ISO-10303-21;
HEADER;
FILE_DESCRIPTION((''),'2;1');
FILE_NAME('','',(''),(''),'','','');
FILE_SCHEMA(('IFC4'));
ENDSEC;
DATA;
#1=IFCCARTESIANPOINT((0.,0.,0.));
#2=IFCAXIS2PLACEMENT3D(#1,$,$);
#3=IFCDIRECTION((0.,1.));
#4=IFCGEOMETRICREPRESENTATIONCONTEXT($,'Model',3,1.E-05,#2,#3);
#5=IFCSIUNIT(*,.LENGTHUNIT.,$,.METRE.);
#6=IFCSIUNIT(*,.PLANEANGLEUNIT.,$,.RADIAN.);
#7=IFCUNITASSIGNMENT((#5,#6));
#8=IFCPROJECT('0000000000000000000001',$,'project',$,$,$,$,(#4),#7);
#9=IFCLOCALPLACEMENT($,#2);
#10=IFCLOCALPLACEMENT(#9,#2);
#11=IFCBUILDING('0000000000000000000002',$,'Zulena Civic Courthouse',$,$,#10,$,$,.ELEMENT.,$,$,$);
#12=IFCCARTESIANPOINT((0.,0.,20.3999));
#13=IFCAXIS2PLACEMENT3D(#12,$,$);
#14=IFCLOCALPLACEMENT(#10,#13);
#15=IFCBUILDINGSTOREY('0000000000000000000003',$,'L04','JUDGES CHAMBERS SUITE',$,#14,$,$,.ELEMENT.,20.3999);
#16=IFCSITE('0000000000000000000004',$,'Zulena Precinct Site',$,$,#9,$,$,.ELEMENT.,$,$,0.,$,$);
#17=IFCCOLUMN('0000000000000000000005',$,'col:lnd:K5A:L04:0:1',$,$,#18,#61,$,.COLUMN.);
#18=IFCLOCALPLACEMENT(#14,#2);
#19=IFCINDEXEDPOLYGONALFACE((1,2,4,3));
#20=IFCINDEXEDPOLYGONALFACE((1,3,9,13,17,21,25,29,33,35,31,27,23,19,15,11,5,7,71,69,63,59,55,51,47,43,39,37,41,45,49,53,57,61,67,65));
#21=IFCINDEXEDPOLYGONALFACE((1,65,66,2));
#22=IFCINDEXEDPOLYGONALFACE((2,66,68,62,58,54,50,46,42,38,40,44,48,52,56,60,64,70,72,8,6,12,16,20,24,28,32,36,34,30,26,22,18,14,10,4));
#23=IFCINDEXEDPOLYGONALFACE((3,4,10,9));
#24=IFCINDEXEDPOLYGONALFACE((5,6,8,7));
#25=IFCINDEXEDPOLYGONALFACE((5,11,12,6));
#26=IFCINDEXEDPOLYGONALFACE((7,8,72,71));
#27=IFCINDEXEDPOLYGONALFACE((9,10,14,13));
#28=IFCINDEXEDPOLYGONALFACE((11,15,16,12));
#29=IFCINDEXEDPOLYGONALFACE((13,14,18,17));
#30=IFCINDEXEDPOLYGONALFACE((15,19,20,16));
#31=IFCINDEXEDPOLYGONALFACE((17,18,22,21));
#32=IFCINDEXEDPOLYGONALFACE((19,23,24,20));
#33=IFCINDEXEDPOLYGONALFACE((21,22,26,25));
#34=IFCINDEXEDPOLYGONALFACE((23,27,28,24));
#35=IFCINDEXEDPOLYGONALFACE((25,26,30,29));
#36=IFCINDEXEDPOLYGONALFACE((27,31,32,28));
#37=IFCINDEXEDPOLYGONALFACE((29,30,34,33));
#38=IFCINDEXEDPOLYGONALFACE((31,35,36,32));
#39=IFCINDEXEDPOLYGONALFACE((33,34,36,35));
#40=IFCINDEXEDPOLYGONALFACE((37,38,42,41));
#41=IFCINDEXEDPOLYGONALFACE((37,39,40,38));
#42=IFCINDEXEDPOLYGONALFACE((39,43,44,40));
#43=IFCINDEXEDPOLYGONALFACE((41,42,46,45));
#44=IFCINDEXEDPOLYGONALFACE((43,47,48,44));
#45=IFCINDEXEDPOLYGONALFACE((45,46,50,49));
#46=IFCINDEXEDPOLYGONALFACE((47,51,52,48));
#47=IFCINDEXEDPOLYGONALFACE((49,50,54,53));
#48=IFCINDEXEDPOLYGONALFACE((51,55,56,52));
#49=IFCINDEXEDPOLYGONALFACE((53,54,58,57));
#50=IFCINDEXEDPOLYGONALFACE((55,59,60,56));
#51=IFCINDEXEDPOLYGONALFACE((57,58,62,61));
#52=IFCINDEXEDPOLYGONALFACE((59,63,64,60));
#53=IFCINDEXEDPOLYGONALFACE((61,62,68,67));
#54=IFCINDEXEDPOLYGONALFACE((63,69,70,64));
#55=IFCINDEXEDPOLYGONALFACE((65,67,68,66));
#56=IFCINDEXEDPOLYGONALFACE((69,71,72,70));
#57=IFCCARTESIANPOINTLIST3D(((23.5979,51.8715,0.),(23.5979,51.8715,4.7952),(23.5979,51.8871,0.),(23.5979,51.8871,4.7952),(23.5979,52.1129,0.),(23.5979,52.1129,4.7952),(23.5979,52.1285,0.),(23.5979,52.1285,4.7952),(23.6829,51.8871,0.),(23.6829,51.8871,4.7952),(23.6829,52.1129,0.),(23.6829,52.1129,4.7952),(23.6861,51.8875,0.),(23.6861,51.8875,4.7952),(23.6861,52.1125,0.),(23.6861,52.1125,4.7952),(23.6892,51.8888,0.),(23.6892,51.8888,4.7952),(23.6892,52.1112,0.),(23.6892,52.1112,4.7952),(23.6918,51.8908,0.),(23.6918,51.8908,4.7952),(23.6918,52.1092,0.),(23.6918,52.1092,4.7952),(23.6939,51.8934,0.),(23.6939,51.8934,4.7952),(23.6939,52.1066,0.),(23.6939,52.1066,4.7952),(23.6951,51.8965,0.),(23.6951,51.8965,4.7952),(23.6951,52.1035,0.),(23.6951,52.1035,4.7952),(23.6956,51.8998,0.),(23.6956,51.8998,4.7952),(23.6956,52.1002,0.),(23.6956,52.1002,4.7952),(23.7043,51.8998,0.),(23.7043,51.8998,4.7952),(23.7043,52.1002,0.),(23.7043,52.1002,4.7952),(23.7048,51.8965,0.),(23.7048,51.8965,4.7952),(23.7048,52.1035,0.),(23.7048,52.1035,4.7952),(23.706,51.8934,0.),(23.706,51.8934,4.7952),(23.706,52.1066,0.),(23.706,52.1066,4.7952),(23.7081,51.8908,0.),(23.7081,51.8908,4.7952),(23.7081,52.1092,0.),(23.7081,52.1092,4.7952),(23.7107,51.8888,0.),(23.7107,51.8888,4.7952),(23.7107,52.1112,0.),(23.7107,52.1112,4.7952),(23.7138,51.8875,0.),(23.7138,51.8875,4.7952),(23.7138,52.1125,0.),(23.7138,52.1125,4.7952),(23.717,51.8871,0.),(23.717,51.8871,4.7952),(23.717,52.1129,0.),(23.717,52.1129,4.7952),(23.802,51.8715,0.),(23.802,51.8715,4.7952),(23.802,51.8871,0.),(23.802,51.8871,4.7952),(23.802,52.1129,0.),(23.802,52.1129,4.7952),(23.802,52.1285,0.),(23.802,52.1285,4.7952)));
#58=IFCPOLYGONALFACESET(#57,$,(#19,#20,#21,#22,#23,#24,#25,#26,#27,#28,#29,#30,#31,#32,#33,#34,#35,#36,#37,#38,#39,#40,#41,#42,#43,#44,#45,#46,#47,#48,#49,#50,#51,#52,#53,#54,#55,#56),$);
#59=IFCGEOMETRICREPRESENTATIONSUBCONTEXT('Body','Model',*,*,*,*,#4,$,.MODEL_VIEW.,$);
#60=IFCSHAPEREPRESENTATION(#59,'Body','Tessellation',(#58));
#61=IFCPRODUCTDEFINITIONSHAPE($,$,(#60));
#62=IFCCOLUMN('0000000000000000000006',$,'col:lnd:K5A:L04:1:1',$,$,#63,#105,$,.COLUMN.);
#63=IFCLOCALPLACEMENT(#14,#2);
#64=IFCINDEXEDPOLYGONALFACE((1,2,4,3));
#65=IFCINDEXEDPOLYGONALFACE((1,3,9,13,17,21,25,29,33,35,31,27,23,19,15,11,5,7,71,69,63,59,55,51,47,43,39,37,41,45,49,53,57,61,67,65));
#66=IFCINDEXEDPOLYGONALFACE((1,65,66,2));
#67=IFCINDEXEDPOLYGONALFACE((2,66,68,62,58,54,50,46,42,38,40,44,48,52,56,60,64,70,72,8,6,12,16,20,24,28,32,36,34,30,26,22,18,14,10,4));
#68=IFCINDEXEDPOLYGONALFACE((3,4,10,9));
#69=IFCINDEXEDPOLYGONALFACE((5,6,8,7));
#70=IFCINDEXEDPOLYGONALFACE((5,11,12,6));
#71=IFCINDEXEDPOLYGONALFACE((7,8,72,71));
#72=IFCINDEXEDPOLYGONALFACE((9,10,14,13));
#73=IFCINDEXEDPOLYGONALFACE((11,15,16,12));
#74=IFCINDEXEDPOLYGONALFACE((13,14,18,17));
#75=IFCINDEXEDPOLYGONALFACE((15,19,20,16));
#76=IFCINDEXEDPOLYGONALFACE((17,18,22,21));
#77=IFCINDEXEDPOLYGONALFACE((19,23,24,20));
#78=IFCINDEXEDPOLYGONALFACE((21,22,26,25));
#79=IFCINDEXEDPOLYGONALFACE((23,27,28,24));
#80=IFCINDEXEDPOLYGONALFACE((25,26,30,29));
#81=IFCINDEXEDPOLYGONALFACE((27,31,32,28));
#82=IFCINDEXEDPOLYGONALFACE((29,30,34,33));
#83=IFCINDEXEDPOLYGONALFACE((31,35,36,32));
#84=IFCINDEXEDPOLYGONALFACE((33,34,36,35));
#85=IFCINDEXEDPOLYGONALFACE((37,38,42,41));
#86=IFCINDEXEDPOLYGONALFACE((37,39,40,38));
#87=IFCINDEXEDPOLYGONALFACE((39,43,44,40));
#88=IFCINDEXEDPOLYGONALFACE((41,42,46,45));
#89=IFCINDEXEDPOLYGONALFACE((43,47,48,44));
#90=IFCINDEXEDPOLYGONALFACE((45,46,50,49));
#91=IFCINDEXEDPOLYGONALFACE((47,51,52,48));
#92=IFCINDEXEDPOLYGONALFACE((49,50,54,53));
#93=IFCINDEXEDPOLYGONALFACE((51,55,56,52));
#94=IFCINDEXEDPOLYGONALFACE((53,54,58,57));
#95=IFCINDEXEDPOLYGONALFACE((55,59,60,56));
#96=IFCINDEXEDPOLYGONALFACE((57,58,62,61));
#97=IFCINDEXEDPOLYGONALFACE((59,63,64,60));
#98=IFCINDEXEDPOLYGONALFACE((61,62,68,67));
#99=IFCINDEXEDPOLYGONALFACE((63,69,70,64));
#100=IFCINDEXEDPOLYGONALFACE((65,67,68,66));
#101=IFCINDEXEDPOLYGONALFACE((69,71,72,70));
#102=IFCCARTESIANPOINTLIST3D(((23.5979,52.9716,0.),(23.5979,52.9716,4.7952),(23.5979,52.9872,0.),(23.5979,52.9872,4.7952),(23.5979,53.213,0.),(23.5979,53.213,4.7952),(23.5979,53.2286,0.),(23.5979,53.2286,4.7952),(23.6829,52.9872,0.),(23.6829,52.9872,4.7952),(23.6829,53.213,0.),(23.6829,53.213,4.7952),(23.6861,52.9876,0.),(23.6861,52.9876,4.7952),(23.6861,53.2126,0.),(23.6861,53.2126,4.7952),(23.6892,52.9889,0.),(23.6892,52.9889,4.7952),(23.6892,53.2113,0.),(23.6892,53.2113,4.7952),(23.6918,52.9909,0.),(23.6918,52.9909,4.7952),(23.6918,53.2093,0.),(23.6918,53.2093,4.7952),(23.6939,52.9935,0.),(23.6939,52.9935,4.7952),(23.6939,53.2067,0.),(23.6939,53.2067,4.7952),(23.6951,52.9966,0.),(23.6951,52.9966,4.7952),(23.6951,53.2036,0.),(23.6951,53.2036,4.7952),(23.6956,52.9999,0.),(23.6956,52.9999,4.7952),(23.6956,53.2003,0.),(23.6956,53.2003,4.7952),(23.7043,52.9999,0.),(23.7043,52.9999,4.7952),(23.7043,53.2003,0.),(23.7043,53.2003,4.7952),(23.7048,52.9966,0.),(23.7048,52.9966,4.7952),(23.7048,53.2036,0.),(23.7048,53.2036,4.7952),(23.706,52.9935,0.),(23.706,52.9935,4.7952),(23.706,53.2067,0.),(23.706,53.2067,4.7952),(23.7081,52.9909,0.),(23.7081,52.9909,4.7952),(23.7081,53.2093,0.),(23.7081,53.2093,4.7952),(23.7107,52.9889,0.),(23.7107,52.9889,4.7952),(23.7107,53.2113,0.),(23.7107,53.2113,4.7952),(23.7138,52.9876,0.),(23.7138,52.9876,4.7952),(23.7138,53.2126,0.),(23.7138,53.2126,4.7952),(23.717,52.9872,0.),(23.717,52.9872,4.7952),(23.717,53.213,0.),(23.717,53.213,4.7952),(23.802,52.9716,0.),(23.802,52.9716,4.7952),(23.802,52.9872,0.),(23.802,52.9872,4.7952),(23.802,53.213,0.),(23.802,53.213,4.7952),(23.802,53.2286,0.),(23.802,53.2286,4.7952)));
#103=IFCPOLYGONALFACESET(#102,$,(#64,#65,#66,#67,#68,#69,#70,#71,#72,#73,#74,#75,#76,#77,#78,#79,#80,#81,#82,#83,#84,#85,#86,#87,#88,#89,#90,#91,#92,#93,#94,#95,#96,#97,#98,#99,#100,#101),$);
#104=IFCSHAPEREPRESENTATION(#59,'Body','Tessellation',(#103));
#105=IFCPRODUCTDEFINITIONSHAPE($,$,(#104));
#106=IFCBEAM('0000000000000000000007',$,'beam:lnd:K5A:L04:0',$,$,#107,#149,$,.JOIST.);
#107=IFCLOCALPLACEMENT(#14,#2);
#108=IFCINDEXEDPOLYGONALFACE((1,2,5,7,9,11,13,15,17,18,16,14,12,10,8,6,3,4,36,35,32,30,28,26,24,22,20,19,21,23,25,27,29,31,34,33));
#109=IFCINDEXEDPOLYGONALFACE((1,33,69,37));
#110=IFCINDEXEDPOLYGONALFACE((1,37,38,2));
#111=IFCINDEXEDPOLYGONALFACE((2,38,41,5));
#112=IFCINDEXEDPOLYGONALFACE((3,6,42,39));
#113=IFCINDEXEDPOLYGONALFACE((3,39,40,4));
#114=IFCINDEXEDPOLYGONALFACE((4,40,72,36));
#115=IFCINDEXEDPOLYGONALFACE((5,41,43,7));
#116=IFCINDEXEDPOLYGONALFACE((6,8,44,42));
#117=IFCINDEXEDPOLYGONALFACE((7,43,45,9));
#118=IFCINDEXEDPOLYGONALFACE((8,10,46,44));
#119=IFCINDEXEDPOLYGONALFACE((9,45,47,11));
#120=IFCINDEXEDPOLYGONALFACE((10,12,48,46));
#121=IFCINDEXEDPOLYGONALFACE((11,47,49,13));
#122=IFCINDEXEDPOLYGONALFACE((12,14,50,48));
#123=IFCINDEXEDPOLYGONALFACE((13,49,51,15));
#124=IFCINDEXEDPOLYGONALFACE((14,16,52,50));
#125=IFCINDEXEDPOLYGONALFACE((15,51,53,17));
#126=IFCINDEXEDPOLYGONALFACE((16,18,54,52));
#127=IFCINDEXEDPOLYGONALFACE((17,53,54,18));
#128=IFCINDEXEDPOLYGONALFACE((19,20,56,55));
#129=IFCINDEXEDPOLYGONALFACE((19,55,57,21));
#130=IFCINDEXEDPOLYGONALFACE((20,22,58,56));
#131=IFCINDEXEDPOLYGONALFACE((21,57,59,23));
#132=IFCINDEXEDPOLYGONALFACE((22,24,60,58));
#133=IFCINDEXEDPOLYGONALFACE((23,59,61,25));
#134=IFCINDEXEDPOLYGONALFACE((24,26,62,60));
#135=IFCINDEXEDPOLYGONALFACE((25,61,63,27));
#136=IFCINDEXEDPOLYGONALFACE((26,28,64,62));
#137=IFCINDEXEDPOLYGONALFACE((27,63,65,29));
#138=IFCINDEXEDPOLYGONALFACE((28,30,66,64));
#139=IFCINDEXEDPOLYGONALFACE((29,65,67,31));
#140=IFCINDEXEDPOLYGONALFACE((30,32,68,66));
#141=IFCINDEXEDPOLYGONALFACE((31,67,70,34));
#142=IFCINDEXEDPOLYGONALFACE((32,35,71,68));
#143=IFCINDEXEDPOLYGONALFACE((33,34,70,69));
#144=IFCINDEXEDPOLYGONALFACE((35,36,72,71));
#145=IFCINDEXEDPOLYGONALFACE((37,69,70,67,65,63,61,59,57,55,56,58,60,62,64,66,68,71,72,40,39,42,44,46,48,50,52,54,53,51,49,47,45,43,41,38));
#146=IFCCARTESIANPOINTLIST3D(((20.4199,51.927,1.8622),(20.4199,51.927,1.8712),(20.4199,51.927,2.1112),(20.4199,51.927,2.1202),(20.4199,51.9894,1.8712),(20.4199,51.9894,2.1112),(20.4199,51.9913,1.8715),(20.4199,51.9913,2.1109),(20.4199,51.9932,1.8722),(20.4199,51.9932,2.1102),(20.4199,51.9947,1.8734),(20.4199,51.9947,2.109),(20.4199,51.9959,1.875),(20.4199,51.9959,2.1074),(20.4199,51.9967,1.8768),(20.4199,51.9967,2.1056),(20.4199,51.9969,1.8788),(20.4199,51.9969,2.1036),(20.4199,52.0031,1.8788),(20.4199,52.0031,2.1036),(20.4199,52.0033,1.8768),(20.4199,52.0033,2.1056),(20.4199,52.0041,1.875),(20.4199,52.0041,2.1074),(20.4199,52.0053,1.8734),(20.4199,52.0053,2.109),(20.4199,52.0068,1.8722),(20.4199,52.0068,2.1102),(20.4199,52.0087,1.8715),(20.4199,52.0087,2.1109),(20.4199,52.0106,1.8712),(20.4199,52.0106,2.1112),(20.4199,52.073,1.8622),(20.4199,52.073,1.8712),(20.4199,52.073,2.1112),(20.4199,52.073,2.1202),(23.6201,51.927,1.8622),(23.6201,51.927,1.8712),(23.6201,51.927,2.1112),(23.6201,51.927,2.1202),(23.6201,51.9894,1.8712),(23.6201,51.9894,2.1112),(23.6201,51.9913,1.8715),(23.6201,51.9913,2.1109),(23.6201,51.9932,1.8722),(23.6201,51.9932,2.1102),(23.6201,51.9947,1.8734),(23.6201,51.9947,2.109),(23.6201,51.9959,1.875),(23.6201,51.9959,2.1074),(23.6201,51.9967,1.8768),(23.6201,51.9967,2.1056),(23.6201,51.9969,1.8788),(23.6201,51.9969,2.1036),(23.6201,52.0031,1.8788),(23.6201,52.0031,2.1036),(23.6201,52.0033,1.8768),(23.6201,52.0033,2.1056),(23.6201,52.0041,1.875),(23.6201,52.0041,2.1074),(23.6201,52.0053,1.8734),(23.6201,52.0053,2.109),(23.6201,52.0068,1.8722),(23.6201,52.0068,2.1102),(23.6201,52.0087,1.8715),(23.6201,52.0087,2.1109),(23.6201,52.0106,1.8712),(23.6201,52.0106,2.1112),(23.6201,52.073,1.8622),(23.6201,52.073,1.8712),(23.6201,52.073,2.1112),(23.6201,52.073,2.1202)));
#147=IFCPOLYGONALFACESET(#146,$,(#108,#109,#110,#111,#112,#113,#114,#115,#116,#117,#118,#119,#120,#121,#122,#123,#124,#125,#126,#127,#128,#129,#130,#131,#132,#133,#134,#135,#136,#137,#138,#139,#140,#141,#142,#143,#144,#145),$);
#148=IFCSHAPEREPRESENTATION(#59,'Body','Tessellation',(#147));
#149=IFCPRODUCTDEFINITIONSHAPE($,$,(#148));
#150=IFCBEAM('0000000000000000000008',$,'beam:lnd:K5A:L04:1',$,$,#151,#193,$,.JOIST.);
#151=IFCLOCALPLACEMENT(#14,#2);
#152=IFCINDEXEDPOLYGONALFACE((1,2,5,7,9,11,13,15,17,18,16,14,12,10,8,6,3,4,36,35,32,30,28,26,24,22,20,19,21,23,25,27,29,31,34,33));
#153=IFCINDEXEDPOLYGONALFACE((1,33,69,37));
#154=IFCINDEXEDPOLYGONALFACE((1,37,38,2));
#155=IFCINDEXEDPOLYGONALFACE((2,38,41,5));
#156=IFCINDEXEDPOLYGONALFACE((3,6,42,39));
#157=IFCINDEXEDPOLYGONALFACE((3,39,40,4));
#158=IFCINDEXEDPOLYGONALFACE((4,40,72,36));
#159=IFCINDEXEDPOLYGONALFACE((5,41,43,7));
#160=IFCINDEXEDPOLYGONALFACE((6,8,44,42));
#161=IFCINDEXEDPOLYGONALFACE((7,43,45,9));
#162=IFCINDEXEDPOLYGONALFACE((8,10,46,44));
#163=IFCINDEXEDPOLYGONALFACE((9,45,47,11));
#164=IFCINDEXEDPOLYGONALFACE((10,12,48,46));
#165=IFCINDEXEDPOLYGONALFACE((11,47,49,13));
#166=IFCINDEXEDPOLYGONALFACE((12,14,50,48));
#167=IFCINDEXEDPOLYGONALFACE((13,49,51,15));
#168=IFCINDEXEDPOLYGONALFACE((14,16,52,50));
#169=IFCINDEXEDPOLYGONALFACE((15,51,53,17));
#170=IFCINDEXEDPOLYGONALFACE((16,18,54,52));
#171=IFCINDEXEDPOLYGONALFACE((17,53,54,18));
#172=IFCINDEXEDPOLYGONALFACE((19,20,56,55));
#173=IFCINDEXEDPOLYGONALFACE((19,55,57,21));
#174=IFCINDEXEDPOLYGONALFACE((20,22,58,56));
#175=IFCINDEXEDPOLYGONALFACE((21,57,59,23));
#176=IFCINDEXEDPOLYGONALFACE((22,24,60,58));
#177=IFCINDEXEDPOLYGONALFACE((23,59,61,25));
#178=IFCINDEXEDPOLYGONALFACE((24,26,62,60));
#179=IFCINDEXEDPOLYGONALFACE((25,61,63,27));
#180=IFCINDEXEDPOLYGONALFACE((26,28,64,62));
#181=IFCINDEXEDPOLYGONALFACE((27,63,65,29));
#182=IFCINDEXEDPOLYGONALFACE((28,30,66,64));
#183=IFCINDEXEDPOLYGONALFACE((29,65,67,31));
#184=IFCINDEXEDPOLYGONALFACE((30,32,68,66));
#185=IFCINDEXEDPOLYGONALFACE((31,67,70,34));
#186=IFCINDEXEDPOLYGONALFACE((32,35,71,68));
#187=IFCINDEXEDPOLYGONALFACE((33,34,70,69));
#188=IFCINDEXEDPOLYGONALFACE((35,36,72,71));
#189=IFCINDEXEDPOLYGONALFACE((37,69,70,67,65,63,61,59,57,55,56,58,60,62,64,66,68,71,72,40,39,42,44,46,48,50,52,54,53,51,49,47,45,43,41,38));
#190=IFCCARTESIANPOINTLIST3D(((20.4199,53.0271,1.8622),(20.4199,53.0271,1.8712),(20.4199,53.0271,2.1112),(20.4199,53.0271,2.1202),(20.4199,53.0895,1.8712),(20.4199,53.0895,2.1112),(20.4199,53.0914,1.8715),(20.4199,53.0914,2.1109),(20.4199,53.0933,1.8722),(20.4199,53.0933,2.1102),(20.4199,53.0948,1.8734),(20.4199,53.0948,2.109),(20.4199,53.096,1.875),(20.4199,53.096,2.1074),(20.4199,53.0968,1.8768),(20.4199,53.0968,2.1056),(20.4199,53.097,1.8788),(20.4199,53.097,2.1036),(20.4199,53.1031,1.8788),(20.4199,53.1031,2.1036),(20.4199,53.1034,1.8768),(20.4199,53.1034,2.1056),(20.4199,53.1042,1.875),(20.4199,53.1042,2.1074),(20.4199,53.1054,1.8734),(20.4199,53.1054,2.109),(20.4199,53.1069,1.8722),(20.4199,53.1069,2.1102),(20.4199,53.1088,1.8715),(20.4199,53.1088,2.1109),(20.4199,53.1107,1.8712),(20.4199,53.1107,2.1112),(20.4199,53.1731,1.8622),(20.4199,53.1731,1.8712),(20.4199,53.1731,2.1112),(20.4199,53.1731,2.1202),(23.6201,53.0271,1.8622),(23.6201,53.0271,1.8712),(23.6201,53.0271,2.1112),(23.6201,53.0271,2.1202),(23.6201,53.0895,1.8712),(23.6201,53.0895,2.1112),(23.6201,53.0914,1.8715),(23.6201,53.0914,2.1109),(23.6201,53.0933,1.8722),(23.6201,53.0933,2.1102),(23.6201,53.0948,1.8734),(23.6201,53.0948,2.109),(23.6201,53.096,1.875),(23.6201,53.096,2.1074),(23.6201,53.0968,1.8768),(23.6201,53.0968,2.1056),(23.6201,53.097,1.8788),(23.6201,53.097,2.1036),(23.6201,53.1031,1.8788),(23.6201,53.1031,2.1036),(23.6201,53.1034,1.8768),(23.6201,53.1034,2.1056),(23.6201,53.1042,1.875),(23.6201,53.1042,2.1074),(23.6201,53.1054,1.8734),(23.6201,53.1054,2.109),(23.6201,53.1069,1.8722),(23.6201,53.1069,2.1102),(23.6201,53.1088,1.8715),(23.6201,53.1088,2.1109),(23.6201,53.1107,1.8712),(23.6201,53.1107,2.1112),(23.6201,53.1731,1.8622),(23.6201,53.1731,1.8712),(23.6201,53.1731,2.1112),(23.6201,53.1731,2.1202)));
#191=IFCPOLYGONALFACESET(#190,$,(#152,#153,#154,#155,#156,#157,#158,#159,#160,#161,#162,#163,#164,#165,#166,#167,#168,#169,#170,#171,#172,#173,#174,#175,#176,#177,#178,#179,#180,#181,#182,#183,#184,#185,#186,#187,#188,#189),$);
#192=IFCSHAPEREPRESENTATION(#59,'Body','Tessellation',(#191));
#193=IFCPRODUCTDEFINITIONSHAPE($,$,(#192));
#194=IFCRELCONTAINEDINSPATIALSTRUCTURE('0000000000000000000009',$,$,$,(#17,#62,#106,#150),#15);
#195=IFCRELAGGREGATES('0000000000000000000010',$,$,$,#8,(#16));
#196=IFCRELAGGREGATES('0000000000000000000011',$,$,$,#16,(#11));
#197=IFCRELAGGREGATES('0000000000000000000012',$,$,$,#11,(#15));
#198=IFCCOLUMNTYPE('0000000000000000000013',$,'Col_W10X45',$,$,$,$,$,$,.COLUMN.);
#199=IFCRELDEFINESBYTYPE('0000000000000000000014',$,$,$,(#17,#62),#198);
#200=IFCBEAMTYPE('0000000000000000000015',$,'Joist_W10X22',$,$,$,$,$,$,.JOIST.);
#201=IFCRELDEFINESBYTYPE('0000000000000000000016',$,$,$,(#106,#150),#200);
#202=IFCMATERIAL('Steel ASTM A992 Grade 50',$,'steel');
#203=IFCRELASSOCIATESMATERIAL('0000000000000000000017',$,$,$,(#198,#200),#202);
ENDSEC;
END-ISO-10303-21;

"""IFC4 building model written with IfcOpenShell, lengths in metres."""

from ifc_helpers import new_model, si_unit, direction, frame, origin, origin_2d, place, context, subcontext, project, spatial, i_section, extrude, material, material_profile, profile_set, type_object, element, save


model = new_model("IFC4")

# Units and contexts
model_context = context("Model", 3, precision=1e-05, world=origin(), true_north=direction((0.0, 1.0)))
body_context = subcontext(model_context, "Body", "Model", "MODEL_VIEW")
ifc_project = project(units=[si_unit("LENGTHUNIT", "METRE"), si_unit("PLANEANGLEUNIT", "RADIAN")], contexts=[model_context])

# Site, building, storey
site_placement = place(None, origin())
site = spatial("IfcSite", under=ifc_project, at=site_placement, Name="Zulena Precinct Site", CompositionType="ELEMENT", RefElevation=0.0)
building_placement = place(site_placement, origin())
building = spatial("IfcBuilding", under=site, at=building_placement, Name="Zulena Civic Courthouse", CompositionType="ELEMENT")
storey_placement = place(building_placement, frame((0.0, 0.0, 20.3999)))
storey = spatial("IfcBuildingStorey", under=building, at=storey_placement, Name="L04", Description="JUDGES CHAMBERS SUITE", CompositionType="ELEMENT", Elevation=20.3999)

# Columns
ifc_material_1 = material(Name="Steel ASTM A992 Grade 50", Category="steel")
ifc_material_profile_1 = material_profile(ifc_material_1, i_section(OverallWidth=0.2041, OverallDepth=0.2571, WebThickness=0.0088, FlangeThickness=0.0156, FilletRadius=0.0127, at=origin_2d()), Name="W10X45")
ifc_profile_set_1 = profile_set([ifc_material_profile_1], Name="Steel ASTM A992 Grade 50")
column_type = type_object("IfcColumnType", Name="Col_W10X45", PredefinedType="COLUMN", material=ifc_profile_set_1)
for number, where, z_axis, x_axis, name in (
    (1, (23.7, 52.0, 0.0), (0.0, 0.0, 1.0), (1.0, 0.0, 0.0), "col:lnd:K5A:L04:0:1"),
    (2, (23.7, 53.1001, 0.0), (0.0, 0.0, 1.0), (1.0, 0.0, 0.0), "col:lnd:K5A:L04:1:1"),
):
    element("IfcColumn", number, at=place(storey_placement, frame(where, z_axis=z_axis, x_axis=x_axis)), inside=storey, type_object=column_type, Name=name, PredefinedType="COLUMN", context=body_context, shape_type="SweptSolid", body=[
        extrude(i_section(OverallWidth=0.2041, OverallDepth=0.2571, WebThickness=0.0088, FlangeThickness=0.0156, FilletRadius=0.0127, at=origin_2d()), origin(), (0.0, 0.0, 1.0), 4.7952),
    ])

# Beams
ifc_material_profile_2 = material_profile(ifc_material_1, i_section(OverallWidth=0.146, OverallDepth=0.2581, WebThickness=0.0061, FlangeThickness=0.009, FilletRadius=0.0076, at=origin_2d()), Name="W10X22")
ifc_profile_set_2 = profile_set([ifc_material_profile_2], Name="Steel ASTM A992 Grade 50")
beam_type = type_object("IfcBeamType", Name="Joist_W10X22", PredefinedType="JOIST", material=ifc_profile_set_2)
for number, where, z_axis, x_axis, name in (
    (3, (20.4199, 52.0, 1.9912), (1.0, 0.0, 0.0), (0.0, 1.0, 0.0), "beam:lnd:K5A:L04:0"),
    (4, (20.4199, 53.1001, 1.9912), (1.0, 0.0, 0.0), (0.0, 1.0, 0.0), "beam:lnd:K5A:L04:1"),
):
    element("IfcBeam", number, at=place(storey_placement, frame(where, z_axis=z_axis, x_axis=x_axis)), inside=storey, type_object=beam_type, Name=name, PredefinedType="JOIST", context=body_context, shape_type="SweptSolid", body=[
        extrude(i_section(OverallWidth=0.146, OverallDepth=0.2581, WebThickness=0.0061, FlangeThickness=0.009, FilletRadius=0.0076, at=origin_2d()), origin(), (0.0, 0.0, 1.0), 3.2002),
    ])

save(model, "model.ifc")
